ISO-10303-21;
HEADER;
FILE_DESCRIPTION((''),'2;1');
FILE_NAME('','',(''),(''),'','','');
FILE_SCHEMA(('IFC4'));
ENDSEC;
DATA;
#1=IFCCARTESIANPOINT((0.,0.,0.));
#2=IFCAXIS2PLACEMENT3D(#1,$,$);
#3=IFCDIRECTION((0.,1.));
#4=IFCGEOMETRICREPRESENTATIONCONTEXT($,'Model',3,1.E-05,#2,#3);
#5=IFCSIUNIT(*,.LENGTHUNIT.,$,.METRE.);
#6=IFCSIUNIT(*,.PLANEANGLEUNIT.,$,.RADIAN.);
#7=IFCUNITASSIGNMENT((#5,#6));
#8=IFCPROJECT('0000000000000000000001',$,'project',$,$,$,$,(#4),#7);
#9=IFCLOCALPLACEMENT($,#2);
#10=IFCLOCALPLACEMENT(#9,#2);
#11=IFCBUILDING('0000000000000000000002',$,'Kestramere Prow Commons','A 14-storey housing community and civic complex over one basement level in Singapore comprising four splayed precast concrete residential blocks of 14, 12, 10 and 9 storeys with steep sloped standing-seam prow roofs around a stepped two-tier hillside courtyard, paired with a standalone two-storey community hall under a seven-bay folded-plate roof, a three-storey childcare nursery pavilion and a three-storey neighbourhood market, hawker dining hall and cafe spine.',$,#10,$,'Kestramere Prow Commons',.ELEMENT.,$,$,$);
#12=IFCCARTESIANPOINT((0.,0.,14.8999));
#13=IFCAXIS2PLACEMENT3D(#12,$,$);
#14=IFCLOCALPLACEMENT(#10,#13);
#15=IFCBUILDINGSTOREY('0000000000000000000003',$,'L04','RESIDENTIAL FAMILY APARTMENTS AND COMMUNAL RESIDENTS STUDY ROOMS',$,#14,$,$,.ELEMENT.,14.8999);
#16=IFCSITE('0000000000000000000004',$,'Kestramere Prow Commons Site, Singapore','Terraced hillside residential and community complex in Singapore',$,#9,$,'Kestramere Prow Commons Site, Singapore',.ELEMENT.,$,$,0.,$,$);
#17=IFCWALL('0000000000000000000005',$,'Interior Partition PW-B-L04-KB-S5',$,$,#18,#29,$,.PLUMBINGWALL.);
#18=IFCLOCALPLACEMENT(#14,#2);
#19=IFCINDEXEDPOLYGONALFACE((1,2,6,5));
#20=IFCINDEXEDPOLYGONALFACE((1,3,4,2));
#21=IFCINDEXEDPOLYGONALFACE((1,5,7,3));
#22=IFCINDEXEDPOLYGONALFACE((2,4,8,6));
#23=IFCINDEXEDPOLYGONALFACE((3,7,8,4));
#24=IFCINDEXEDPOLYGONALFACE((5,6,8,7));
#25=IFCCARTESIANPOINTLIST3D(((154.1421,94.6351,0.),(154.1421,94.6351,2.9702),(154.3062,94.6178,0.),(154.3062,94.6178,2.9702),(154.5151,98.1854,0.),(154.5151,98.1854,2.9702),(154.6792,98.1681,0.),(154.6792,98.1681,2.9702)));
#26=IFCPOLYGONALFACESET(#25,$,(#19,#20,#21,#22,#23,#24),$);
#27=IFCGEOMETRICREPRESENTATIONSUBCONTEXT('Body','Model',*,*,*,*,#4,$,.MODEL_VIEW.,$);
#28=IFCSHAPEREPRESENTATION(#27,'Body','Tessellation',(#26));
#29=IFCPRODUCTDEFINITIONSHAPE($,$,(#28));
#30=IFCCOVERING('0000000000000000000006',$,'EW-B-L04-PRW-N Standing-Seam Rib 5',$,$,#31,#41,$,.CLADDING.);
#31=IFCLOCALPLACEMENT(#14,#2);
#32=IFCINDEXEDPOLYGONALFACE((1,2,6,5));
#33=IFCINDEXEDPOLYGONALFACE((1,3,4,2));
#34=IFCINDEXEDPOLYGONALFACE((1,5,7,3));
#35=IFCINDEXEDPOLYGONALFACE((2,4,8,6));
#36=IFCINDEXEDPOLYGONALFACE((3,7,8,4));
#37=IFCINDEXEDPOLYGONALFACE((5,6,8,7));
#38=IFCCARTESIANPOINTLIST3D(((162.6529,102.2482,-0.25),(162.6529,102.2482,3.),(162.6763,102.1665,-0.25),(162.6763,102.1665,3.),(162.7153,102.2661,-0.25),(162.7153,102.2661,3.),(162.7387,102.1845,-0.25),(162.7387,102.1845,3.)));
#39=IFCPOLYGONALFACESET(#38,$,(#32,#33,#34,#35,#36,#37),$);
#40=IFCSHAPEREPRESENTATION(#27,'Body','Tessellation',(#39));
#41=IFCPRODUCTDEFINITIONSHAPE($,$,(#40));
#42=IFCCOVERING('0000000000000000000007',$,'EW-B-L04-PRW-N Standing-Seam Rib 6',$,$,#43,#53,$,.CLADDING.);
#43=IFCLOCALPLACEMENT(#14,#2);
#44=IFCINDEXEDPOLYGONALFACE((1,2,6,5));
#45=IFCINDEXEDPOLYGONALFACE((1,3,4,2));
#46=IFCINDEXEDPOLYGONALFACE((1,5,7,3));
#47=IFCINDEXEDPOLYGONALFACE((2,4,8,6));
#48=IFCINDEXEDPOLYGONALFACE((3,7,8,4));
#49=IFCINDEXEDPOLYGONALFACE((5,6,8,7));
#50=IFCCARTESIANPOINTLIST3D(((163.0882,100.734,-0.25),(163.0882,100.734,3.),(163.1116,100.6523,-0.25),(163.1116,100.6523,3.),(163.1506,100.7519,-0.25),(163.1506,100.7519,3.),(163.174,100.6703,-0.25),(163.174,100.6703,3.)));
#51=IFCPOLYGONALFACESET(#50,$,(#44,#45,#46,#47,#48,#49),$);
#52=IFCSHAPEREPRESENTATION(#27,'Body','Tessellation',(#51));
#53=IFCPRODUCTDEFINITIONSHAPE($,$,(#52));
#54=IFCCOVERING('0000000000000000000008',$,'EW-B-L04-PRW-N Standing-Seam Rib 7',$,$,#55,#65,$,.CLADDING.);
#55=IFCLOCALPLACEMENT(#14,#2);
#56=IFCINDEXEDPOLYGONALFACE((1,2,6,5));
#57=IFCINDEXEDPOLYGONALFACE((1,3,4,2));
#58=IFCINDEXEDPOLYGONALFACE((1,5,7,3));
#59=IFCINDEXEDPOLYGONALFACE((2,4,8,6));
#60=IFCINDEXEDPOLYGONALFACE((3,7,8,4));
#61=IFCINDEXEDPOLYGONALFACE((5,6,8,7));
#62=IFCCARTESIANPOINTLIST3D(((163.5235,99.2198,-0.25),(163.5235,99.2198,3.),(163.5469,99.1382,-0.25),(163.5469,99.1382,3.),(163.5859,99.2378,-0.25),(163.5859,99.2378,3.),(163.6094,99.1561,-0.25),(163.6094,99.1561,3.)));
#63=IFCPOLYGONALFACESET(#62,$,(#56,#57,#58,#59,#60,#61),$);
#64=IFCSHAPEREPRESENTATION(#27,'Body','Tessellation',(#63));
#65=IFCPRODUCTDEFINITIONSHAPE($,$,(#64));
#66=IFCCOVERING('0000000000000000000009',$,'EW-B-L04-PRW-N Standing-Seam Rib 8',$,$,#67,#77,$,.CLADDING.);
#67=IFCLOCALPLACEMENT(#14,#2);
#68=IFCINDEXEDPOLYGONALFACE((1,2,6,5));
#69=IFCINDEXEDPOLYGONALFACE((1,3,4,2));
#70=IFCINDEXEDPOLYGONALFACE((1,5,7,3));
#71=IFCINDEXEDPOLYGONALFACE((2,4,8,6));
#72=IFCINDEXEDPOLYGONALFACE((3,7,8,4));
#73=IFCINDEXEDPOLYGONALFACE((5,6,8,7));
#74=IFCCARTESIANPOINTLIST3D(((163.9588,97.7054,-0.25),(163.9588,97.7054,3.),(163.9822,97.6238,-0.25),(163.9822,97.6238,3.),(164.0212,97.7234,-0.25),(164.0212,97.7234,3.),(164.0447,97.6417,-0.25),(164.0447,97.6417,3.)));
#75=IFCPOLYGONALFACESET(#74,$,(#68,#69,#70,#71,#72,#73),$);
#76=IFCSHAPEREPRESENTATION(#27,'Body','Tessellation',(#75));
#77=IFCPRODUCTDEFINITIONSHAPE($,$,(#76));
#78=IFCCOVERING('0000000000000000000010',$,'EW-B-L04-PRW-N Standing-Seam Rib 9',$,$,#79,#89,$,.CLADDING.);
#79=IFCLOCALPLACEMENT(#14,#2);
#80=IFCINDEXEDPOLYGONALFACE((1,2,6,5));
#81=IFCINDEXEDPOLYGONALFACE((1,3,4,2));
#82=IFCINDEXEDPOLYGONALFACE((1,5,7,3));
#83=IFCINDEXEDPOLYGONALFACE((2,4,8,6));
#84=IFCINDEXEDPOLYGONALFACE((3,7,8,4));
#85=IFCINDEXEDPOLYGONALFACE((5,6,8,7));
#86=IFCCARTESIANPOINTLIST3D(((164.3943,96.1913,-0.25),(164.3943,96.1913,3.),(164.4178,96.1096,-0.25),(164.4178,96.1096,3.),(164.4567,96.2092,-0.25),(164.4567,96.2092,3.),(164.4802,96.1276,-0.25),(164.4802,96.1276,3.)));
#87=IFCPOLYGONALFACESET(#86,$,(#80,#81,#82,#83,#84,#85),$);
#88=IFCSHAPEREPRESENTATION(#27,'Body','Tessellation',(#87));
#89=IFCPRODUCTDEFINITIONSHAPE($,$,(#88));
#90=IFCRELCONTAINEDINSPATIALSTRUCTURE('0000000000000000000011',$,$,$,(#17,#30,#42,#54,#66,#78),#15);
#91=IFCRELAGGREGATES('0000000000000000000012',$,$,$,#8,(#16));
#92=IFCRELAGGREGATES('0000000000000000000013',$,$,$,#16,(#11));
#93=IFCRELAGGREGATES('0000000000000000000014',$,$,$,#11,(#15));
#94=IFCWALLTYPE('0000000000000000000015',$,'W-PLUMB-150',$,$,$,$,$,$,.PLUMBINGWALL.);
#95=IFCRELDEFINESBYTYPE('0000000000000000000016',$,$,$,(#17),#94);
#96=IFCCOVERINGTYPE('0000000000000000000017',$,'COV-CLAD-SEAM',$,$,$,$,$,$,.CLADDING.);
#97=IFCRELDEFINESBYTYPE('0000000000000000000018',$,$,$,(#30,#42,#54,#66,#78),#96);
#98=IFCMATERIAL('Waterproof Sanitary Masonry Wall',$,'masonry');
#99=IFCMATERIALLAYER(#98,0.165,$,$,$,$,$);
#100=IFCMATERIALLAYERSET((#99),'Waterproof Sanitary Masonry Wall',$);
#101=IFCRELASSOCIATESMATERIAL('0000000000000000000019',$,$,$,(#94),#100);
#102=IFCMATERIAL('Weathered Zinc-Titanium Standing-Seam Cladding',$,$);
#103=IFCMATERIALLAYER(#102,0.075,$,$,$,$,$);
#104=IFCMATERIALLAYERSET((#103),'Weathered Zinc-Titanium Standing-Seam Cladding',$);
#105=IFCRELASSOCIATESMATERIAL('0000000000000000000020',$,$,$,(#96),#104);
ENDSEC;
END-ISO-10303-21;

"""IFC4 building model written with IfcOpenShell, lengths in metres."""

from ifc_helpers import new_model, si_unit, direction, frame, frame_2d, origin, origin_2d, place, context, subcontext, project, spatial, rectangle, extrude, material, layer, layer_set, type_object, element, save


model = new_model("IFC4")

# Units and contexts
model_context = context("Model", 3, precision=1e-05, world=origin(), true_north=direction((0.0, 1.0)))
body_context = subcontext(model_context, "Body", "Model", "MODEL_VIEW")
ifc_project = project(units=[si_unit("LENGTHUNIT", "METRE"), si_unit("PLANEANGLEUNIT", "RADIAN")], contexts=[model_context])

# Site, building, storey
site_placement = place(None, origin())
site = spatial("IfcSite", under=ifc_project, at=site_placement, Name="Kestramere Prow Commons Site, Singapore", Description="Terraced hillside residential and community complex in Singapore", LongName="Kestramere Prow Commons Site, Singapore", CompositionType="ELEMENT", RefElevation=0.0)
building_placement = place(site_placement, origin())
building = spatial("IfcBuilding", under=site, at=building_placement, Name="Kestramere Prow Commons", Description="A 14-storey housing community and civic complex over one basement level in Singapore comprising four splayed precast concrete residential blocks of 14, 12, 10 and 9 storeys with steep sloped standing-seam prow roofs around a stepped two-tier hillside courtyard, paired with a standalone two-storey community hall under a seven-bay folded-plate roof, a three-storey childcare nursery pavilion and a three-storey neighbourhood market, hawker dining hall and cafe spine.", LongName="Kestramere Prow Commons", CompositionType="ELEMENT")
storey_placement = place(building_placement, frame((0.0, 0.0, 14.8999)))
storey = spatial("IfcBuildingStorey", under=building, at=storey_placement, Name="L04", Description="RESIDENTIAL FAMILY APARTMENTS AND COMMUNAL RESIDENTS STUDY ROOMS", CompositionType="ELEMENT", Elevation=14.8999)

# Shared definitions
ifc_material_1 = material(Name="Waterproof Sanitary Masonry Wall", Category="masonry")
ifc_layer_1 = layer(ifc_material_1, 0.165)
ifc_layer_set_1 = layer_set([ifc_layer_1], Name="Waterproof Sanitary Masonry Wall")
wall_type_1 = type_object("IfcWallType", Name="W-PLUMB-150", PredefinedType="PLUMBINGWALL", material=ifc_layer_set_1)

# Wall
wall_1_placement = place(storey_placement, frame((154.2241, 94.6265, 0.0), z_axis=(0.0, 0.0, 1.0), x_axis=(0.1045, 0.994525, 0.0)))
element("IfcWall", 1, at=wall_1_placement, inside=storey, type_object=wall_type_1, Name="Interior Partition PW-B-L04-KB-S5", PredefinedType="PLUMBINGWALL", context=body_context, shape_type="SweptSolid", body=[
    extrude(rectangle(XDim=3.5698, YDim=0.165, at=frame_2d((1.7849, 0.0))), origin(), (0.0, 0.0, 1.0), 2.9702),
])

# Coverings
ifc_material_2 = material(Name="Weathered Zinc-Titanium Standing-Seam Cladding")
ifc_layer_2 = layer(ifc_material_2, 0.075)
ifc_layer_set_2 = layer_set([ifc_layer_2], Name="Weathered Zinc-Titanium Standing-Seam Cladding")
covering_type = type_object("IfcCoveringType", Name="COV-CLAD-SEAM", PredefinedType="CLADDING", material=ifc_layer_set_2)
for number, where, z_axis, x_axis, name in (
    (2, (162.6958, 102.2163, -0.25), (0.0, 0.0, 1.0), (0.276318, -0.961066, 0.0), "EW-B-L04-PRW-N Standing-Seam Rib 5"),
    (3, (163.1311, 100.7021, -0.25), (0.0, 0.0, 1.0), (0.276318, -0.961066, 0.0), "EW-B-L04-PRW-N Standing-Seam Rib 6"),
    (4, (163.5664, 99.188, -0.25), (0.0, 0.0, 1.0), (0.276318, -0.961066, 0.0), "EW-B-L04-PRW-N Standing-Seam Rib 7"),
    (5, (164.0017, 97.6736, -0.25), (0.0, 0.0, 1.0), (0.276318, -0.961066, 0.0), "EW-B-L04-PRW-N Standing-Seam Rib 8"),
    (6, (164.4373, 96.1594, -0.25), (0.0, 0.0, 1.0), (0.276318, -0.961066, 0.0), "EW-B-L04-PRW-N Standing-Seam Rib 9"),
):
    element("IfcCovering", number, at=place(storey_placement, frame(where, z_axis=z_axis, x_axis=x_axis)), inside=storey, type_object=covering_type, Name=name, PredefinedType="CLADDING", context=body_context, shape_type="SweptSolid", body=[
        extrude(rectangle(XDim=0.085, YDim=0.0649, at=origin_2d()), origin(), (0.0, 0.0, 1.0), 3.25),
    ])

save(model, "model.ifc")
